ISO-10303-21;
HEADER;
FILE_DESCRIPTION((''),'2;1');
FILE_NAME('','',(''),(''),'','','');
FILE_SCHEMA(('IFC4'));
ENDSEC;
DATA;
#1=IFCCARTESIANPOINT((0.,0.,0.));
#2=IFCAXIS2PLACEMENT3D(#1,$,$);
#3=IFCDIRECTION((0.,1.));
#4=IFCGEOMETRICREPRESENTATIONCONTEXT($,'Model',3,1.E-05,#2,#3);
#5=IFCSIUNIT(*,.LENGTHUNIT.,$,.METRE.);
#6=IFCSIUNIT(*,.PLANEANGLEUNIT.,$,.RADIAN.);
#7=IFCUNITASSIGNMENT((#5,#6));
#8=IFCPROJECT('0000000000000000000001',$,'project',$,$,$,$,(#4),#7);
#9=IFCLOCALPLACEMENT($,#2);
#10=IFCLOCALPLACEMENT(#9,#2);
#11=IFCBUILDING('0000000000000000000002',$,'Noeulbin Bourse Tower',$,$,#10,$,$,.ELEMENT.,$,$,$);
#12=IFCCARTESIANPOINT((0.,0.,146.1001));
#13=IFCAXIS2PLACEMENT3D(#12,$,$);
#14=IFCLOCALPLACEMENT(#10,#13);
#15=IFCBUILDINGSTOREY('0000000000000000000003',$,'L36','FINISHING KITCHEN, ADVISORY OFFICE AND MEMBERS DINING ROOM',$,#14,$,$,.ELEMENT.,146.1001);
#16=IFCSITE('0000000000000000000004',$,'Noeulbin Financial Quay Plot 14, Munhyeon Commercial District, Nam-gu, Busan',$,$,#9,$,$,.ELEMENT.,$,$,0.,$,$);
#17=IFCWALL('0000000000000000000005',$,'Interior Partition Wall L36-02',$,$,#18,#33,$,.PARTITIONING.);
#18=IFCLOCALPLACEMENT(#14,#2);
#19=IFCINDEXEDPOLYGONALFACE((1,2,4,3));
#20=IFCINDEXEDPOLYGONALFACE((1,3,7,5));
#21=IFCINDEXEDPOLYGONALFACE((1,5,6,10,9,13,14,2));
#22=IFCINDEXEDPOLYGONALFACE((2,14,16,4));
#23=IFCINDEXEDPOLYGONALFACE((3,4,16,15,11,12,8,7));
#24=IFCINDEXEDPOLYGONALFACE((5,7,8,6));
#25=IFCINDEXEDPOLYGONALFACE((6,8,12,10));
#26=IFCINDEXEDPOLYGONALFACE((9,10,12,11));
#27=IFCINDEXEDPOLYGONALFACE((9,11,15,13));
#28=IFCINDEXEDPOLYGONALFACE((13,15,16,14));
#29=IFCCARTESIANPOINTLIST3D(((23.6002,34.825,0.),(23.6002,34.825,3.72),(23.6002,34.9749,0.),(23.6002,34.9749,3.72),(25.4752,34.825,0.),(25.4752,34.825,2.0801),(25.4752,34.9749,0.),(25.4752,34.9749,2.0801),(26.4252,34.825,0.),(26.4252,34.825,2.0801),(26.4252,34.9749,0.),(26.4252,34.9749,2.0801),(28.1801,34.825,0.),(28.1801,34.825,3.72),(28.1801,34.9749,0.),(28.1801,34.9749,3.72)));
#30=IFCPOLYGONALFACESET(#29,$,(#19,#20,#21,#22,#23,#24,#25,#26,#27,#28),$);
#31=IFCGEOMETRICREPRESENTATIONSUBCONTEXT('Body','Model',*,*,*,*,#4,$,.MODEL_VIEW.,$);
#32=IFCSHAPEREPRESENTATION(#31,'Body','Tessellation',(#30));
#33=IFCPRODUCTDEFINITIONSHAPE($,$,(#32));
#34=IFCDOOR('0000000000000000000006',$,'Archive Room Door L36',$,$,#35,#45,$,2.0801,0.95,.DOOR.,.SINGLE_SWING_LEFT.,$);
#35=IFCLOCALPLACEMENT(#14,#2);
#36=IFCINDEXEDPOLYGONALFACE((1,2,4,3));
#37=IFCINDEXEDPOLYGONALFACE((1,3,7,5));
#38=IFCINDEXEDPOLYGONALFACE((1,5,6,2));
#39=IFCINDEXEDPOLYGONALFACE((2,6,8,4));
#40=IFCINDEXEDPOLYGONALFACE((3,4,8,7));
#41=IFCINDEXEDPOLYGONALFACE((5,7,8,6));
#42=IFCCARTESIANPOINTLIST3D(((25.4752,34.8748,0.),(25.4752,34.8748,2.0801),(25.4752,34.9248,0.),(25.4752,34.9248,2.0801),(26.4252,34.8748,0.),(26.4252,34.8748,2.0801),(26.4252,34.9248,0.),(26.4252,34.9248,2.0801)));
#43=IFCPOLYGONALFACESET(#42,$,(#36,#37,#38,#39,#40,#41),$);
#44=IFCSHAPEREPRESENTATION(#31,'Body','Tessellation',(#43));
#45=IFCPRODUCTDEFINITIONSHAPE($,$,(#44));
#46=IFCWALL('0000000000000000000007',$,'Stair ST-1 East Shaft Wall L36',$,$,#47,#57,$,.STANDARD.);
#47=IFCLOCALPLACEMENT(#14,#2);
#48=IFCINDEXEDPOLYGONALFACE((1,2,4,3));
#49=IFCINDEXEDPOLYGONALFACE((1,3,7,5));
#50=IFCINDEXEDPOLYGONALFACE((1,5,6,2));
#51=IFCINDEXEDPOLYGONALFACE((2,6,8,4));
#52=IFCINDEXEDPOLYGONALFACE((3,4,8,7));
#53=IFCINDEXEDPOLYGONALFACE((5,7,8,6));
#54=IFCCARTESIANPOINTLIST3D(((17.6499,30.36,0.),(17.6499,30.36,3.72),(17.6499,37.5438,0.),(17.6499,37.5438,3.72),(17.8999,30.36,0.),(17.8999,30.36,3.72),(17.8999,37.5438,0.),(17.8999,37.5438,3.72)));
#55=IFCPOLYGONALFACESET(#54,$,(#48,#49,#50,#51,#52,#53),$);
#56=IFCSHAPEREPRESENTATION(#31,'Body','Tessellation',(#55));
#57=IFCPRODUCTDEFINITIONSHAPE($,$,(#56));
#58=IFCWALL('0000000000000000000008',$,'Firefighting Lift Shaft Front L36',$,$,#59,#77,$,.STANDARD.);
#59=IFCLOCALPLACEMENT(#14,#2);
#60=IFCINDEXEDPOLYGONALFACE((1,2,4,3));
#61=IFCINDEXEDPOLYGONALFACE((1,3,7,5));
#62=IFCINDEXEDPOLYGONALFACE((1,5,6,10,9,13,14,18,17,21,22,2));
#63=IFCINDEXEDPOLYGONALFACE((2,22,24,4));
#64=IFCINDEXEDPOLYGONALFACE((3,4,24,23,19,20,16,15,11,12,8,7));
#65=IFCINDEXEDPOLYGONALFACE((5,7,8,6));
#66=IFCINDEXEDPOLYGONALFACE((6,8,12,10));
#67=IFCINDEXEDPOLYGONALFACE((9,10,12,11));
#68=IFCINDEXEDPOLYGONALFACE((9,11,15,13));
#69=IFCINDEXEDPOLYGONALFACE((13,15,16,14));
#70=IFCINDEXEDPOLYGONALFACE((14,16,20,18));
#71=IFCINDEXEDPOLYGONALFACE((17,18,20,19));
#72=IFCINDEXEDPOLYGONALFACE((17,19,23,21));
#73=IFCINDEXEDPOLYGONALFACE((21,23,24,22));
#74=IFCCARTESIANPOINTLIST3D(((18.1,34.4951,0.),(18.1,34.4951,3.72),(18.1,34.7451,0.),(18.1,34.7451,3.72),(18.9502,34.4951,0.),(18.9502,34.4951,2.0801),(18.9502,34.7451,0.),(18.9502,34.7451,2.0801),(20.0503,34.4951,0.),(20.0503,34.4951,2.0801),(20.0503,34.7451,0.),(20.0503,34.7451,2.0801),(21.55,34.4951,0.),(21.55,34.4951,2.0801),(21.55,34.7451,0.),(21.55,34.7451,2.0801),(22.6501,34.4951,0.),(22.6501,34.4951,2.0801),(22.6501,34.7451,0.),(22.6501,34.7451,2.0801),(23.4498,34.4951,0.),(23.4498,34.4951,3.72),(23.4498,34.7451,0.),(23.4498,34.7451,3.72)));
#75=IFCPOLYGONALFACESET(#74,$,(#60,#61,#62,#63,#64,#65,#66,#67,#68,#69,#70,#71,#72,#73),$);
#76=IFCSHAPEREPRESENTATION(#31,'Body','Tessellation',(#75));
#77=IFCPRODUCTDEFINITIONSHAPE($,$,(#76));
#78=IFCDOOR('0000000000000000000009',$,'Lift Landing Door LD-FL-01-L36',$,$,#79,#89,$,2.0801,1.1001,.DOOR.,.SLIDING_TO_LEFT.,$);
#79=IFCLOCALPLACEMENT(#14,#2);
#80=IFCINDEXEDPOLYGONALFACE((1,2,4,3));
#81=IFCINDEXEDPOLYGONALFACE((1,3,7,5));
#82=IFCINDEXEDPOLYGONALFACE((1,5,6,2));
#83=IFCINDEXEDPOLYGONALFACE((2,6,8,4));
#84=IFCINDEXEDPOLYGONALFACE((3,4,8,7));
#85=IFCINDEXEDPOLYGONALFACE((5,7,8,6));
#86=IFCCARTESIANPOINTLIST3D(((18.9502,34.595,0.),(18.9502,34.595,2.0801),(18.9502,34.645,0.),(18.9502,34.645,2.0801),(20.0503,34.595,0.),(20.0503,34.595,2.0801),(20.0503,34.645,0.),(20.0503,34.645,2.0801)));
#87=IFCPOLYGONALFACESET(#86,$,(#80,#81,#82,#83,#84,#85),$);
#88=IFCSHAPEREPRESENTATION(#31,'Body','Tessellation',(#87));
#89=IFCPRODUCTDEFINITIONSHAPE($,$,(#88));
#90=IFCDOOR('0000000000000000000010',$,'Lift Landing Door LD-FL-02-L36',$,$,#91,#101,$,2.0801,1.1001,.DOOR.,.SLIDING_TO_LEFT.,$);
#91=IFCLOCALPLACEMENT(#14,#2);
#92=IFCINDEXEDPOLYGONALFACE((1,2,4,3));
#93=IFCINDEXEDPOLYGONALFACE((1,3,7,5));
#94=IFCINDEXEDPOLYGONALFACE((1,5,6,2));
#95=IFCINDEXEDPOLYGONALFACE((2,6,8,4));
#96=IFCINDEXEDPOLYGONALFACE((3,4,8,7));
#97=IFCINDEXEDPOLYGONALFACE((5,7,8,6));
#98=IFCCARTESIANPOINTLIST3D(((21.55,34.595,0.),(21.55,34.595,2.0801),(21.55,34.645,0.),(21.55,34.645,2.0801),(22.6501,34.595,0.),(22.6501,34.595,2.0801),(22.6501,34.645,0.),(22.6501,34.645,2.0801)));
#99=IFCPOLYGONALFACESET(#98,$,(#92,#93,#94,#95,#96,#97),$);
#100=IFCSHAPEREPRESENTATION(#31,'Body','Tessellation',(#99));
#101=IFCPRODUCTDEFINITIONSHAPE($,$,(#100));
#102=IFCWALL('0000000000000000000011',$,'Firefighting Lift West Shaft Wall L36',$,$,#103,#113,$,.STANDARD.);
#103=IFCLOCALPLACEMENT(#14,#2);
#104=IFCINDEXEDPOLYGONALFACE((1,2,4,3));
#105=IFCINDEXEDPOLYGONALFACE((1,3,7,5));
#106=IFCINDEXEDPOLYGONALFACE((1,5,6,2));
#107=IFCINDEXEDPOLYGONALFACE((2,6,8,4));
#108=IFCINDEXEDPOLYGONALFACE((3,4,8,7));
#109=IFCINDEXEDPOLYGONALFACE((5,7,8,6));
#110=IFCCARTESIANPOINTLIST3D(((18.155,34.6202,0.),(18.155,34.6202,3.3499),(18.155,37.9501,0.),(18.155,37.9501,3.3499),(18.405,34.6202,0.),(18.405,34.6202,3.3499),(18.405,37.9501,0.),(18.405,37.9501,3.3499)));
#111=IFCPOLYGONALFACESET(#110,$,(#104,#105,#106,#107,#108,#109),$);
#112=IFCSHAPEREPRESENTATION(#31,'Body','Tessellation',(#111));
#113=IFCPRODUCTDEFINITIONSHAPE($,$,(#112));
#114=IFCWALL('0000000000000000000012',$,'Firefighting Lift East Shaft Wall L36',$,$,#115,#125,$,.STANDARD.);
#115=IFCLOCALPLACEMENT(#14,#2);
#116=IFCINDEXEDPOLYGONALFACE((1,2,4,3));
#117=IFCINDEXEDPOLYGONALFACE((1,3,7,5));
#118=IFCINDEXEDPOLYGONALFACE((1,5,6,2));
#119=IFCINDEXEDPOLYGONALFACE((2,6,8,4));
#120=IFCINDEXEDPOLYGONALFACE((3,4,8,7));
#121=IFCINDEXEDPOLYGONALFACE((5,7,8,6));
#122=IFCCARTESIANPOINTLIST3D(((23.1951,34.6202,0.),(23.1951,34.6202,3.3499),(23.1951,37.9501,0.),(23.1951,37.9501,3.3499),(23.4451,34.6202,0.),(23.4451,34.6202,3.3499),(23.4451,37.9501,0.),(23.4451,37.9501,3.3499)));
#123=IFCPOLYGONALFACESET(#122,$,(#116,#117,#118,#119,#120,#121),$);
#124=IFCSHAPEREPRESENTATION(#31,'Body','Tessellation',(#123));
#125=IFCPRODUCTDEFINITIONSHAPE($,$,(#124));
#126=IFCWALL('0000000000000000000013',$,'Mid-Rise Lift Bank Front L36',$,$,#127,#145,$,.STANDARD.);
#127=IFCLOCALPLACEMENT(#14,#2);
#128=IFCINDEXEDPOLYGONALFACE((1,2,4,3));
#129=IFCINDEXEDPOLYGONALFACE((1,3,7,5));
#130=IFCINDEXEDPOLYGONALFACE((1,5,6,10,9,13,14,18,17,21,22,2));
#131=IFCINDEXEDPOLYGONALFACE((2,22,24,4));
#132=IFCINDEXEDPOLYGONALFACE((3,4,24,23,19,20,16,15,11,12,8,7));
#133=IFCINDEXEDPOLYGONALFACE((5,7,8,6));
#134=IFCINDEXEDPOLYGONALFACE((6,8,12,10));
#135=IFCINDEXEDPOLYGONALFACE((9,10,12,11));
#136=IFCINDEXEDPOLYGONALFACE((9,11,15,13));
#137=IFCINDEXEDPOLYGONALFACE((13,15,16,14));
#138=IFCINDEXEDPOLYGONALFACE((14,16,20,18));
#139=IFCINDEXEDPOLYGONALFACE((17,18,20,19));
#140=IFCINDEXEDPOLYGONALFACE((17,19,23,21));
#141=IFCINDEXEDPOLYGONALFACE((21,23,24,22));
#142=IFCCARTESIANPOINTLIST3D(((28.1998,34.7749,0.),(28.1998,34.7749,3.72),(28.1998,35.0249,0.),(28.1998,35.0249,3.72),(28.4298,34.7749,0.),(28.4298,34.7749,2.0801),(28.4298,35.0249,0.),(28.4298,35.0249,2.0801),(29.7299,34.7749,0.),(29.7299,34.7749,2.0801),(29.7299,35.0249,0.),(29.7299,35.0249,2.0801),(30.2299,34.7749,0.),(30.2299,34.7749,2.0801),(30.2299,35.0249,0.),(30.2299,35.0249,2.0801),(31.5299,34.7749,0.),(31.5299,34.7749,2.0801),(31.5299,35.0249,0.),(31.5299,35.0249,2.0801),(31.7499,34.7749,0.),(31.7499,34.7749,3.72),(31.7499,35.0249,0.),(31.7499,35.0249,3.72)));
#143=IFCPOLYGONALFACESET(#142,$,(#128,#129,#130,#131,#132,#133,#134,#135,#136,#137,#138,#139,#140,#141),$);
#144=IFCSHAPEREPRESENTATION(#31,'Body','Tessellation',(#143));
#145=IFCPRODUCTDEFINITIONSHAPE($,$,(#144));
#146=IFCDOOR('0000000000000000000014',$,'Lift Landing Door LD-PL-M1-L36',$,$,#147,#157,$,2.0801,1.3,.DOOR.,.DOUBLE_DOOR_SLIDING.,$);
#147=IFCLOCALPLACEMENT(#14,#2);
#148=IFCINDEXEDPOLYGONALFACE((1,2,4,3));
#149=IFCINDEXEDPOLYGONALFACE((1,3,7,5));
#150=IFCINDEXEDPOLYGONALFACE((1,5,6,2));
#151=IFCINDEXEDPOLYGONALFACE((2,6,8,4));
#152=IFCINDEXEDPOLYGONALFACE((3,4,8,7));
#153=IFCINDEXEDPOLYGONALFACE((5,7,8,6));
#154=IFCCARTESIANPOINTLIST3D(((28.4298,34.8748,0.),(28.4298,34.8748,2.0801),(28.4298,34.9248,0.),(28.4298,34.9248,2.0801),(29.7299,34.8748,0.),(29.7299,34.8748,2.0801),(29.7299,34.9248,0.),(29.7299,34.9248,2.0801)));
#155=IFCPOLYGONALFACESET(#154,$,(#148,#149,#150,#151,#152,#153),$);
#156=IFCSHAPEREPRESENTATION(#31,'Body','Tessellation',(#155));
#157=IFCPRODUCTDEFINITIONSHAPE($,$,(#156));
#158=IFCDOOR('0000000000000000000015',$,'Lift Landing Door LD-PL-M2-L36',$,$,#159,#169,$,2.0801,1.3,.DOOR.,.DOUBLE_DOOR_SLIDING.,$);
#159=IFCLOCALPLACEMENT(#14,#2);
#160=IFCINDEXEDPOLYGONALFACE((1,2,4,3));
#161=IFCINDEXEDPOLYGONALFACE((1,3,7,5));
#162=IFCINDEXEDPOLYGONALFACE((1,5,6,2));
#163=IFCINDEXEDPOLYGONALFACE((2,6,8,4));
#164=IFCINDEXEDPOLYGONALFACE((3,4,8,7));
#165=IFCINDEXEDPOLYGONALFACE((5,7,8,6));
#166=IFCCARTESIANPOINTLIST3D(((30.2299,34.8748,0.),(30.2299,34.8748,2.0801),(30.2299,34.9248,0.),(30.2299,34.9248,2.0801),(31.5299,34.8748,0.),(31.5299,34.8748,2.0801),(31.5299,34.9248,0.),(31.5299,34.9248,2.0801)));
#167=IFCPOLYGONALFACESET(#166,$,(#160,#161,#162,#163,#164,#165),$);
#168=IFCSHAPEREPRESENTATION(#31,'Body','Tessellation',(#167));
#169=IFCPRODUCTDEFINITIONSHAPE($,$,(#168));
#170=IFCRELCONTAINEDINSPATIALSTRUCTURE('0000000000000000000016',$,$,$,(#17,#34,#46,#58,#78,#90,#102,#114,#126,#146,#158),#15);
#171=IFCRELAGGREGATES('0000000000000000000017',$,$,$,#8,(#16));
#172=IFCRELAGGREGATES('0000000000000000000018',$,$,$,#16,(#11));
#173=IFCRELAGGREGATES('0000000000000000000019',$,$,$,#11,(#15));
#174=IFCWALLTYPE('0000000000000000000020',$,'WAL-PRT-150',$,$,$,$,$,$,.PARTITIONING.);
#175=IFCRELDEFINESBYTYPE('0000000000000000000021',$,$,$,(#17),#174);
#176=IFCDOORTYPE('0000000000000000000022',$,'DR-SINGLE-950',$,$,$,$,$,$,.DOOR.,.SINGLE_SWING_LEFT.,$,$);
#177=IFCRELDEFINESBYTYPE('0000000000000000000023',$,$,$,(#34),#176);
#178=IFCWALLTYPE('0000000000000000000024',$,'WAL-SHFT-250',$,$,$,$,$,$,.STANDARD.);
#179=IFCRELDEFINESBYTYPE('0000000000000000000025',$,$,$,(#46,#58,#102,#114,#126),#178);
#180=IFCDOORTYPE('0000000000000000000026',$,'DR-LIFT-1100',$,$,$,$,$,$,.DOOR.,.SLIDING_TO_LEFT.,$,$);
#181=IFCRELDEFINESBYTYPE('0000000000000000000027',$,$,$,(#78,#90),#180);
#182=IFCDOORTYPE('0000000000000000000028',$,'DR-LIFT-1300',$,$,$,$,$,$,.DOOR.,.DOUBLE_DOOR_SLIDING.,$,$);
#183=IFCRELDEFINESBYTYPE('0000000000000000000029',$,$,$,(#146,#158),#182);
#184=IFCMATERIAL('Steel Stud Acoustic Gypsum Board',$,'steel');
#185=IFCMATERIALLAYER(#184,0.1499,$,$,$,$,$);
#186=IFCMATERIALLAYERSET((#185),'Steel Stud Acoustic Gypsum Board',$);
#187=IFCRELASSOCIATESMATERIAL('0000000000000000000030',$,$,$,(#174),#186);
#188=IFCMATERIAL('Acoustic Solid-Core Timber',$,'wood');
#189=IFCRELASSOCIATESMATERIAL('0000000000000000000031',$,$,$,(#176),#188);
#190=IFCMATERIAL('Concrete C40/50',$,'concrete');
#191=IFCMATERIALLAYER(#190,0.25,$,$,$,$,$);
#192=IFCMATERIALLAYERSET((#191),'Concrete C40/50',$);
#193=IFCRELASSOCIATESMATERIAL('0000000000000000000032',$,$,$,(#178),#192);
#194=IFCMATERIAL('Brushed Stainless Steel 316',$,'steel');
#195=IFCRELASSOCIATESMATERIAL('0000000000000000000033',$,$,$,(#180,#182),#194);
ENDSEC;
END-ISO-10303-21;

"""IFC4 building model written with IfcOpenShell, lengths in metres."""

from ifc_helpers import new_model, si_unit, direction, frame, frame_2d, origin, place, context, subcontext, project, spatial, rectangle, extrude, material, layer, layer_set, type_object, element, fill, save


model = new_model("IFC4")

# Units and contexts
model_context = context("Model", 3, precision=1e-05, world=origin(), true_north=direction((0.0, 1.0)))
body_context = subcontext(model_context, "Body", "Model", "MODEL_VIEW")
ifc_project = project(units=[si_unit("LENGTHUNIT", "METRE"), si_unit("PLANEANGLEUNIT", "RADIAN")], contexts=[model_context])

# Site, building, storey
site_placement = place(None, origin())
site = spatial("IfcSite", under=ifc_project, at=site_placement, Name="Noeulbin Financial Quay Plot 14, Munhyeon Commercial District, Nam-gu, Busan", CompositionType="ELEMENT", RefElevation=0.0)
building_placement = place(site_placement, origin())
building = spatial("IfcBuilding", under=site, at=building_placement, Name="Noeulbin Bourse Tower", CompositionType="ELEMENT")
storey_placement = place(building_placement, frame((0.0, 0.0, 146.1001)))
storey = spatial("IfcBuildingStorey", under=building, at=storey_placement, Name="L36", Description="FINISHING KITCHEN, ADVISORY OFFICE AND MEMBERS DINING ROOM", CompositionType="ELEMENT", Elevation=146.1001)

# Shared definitions
ifc_material_1 = material(Name="Concrete C40/50", Category="concrete")

# Wall, opening, door
ifc_material_2 = material(Name="Steel Stud Acoustic Gypsum Board", Category="steel")
ifc_layer_1 = layer(ifc_material_2, 0.1499)
ifc_layer_set_1 = layer_set([ifc_layer_1], Name="Steel Stud Acoustic Gypsum Board")
wall_type_1 = type_object("IfcWallType", Name="WAL-PRT-150", PredefinedType="PARTITIONING", material=ifc_layer_set_1)
wall_1_placement = place(storey_placement, frame((23.6001, 34.8999, 0.0), z_axis=(0.0, 0.0, 1.0), x_axis=(1.0, 0.0, 0.0)))
wall_1 = element("IfcWall", 1, at=wall_1_placement, inside=storey, type_object=wall_type_1, Name="Interior Partition Wall L36-02", PredefinedType="PARTITIONING", context=body_context, shape_type="SweptSolid", body=[
    extrude(rectangle(XDim=4.5798, YDim=0.1499, at=frame_2d((2.29, 0.0))), origin(), (0.0, 0.0, 1.0), 3.72),
])
opening_1_placement = place(wall_1_placement, frame((1.875, 0.0, 0.0)))
opening_1 = element("IfcOpeningElement", 2, at=opening_1_placement, cuts=wall_1, PredefinedType="OPENING", context=body_context, shape_type="SweptSolid", body=[
    extrude(rectangle(XDim=0.95, YDim=2.0801, at=frame_2d((0.4751, 1.04))), frame((0.0, 0.085, 0.0), z_axis=(0.0, -1.0, 0.0), x_axis=(1.0, 0.0, 0.0)), (0.0, 0.0, 1.0), 0.1699),
])
ifc_material_3 = material(Name="Acoustic Solid-Core Timber", Category="wood")
door_type_1 = type_object("IfcDoorType", Name="DR-SINGLE-950", OperationType="SINGLE_SWING_LEFT", PredefinedType="DOOR", material=ifc_material_3)
door_1_placement = place(opening_1_placement, origin())
door_1 = element("IfcDoor", 3, at=door_1_placement, inside=storey, type_object=door_type_1, Name="Archive Room Door L36", OperationType="SINGLE_SWING_LEFT", OverallHeight=2.0801, OverallWidth=0.95, PredefinedType="DOOR", context=body_context, shape_type="SweptSolid", body=[
    extrude(rectangle(XDim=0.95, YDim=2.0801, at=frame_2d((0.4751, 1.04))), frame((0.0, 0.0249, 0.0), z_axis=(0.0, -1.0, 0.0), x_axis=(1.0, 0.0, 0.0)), (0.0, 0.0, 1.0), 0.05),
])
fill(opening_1, door_1)

# Wall
ifc_layer_2 = layer(ifc_material_1, 0.25)
ifc_layer_set_2 = layer_set([ifc_layer_2], Name="Concrete C40/50")
wall_type_2 = type_object("IfcWallType", Name="WAL-SHFT-250", PredefinedType="STANDARD", material=ifc_layer_set_2)
wall_2_placement = place(storey_placement, frame((17.7749, 30.3601, 0.0), z_axis=(0.0, 0.0, 1.0), x_axis=(0.0, 1.0, 0.0)))
element("IfcWall", 4, at=wall_2_placement, inside=storey, type_object=wall_type_2, Name="Stair ST-1 East Shaft Wall L36", PredefinedType="STANDARD", context=body_context, shape_type="SweptSolid", body=[
    extrude(rectangle(XDim=7.1838, YDim=0.25, at=frame_2d((3.5918, 0.0))), origin(), (0.0, 0.0, 1.0), 3.72),
])

# Wall, openings, doors
wall_3_placement = place(storey_placement, frame((18.1001, 34.6201, 0.0), z_axis=(0.0, 0.0, 1.0), x_axis=(1.0, 0.0, 0.0)))
wall_3 = element("IfcWall", 5, at=wall_3_placement, inside=storey, type_object=wall_type_2, Name="Firefighting Lift Shaft Front L36", PredefinedType="STANDARD", context=body_context, shape_type="SweptSolid", body=[
    extrude(rectangle(XDim=5.3499, YDim=0.25, at=frame_2d((2.6748, 0.0))), origin(), (0.0, 0.0, 1.0), 3.72),
])
opening_2_placement = place(wall_3_placement, frame((0.8501, 0.0, 0.0)))
opening_2 = element("IfcOpeningElement", 6, at=opening_2_placement, cuts=wall_3, PredefinedType="OPENING", context=body_context, shape_type="SweptSolid", body=[
    extrude(rectangle(XDim=1.1001, YDim=2.0801, at=frame_2d((0.55, 1.04))), frame((0.0, 0.135, 0.0), z_axis=(0.0, -1.0, 0.0), x_axis=(1.0, 0.0, 0.0)), (0.0, 0.0, 1.0), 0.27),
])
opening_3_placement = place(wall_3_placement, frame((3.45, 0.0, 0.0)))
opening_3 = element("IfcOpeningElement", 7, at=opening_3_placement, cuts=wall_3, PredefinedType="OPENING", context=body_context, shape_type="SweptSolid", body=[
    extrude(rectangle(XDim=1.1001, YDim=2.0801, at=frame_2d((0.55, 1.04))), frame((0.0, 0.135, 0.0), z_axis=(0.0, -1.0, 0.0), x_axis=(1.0, 0.0, 0.0)), (0.0, 0.0, 1.0), 0.27),
])
ifc_material_4 = material(Name="Brushed Stainless Steel 316", Category="steel")
door_type_2 = type_object("IfcDoorType", Name="DR-LIFT-1100", OperationType="SLIDING_TO_LEFT", PredefinedType="DOOR", material=ifc_material_4)
door_2_placement = place(opening_2_placement, origin())
door_2 = element("IfcDoor", 8, at=door_2_placement, inside=storey, type_object=door_type_2, Name="Lift Landing Door LD-FL-01-L36", OperationType="SLIDING_TO_LEFT", OverallHeight=2.0801, OverallWidth=1.1001, PredefinedType="DOOR", context=body_context, shape_type="SweptSolid", body=[
    extrude(rectangle(XDim=1.1001, YDim=2.0801, at=frame_2d((0.55, 1.04))), frame((0.0, 0.0249, 0.0), z_axis=(0.0, -1.0, 0.0), x_axis=(1.0, 0.0, 0.0)), (0.0, 0.0, 1.0), 0.05),
])
fill(opening_2, door_2)
door_3_placement = place(opening_3_placement, origin())
door_3 = element("IfcDoor", 9, at=door_3_placement, inside=storey, type_object=door_type_2, Name="Lift Landing Door LD-FL-02-L36", OperationType="SLIDING_TO_LEFT", OverallHeight=2.0801, OverallWidth=1.1001, PredefinedType="DOOR", context=body_context, shape_type="SweptSolid", body=[
    extrude(rectangle(XDim=1.1001, YDim=2.0801, at=frame_2d((0.55, 1.04))), frame((0.0, 0.0249, 0.0), z_axis=(0.0, -1.0, 0.0), x_axis=(1.0, 0.0, 0.0)), (0.0, 0.0, 1.0), 0.05),
])
fill(opening_3, door_3)

# Walls
for number, where, z_axis, x_axis, name in (
    (10, (18.28, 34.6201, 0.0), (0.0, 0.0, 1.0), (0.0, 1.0, 0.0), "Firefighting Lift West Shaft Wall L36"),
    (11, (23.3201, 34.6201, 0.0), (0.0, 0.0, 1.0), (0.0, 1.0, 0.0), "Firefighting Lift East Shaft Wall L36"),
):
    element("IfcWall", number, at=place(storey_placement, frame(where, z_axis=z_axis, x_axis=x_axis)), inside=storey, type_object=wall_type_2, Name=name, PredefinedType="STANDARD", context=body_context, shape_type="SweptSolid", body=[
        extrude(rectangle(XDim=3.3298, YDim=0.25, at=frame_2d((1.665, 0.0))), origin(), (0.0, 0.0, 1.0), 3.3499),
    ])

# Wall, openings, doors
wall_4_placement = place(storey_placement, frame((28.2, 34.8999, 0.0), z_axis=(0.0, 0.0, 1.0), x_axis=(1.0, 0.0, 0.0)))
wall_4 = element("IfcWall", 12, at=wall_4_placement, inside=storey, type_object=wall_type_2, Name="Mid-Rise Lift Bank Front L36", PredefinedType="STANDARD", context=body_context, shape_type="SweptSolid", body=[
    extrude(rectangle(XDim=3.55, YDim=0.25, at=frame_2d((1.7749, 0.0))), origin(), (0.0, 0.0, 1.0), 3.72),
])
opening_4_placement = place(wall_4_placement, frame((0.23, 0.0, 0.0)))
opening_4 = element("IfcOpeningElement", 13, at=opening_4_placement, cuts=wall_4, PredefinedType="OPENING", context=body_context, shape_type="SweptSolid", body=[
    extrude(rectangle(XDim=1.3, YDim=2.0801, at=frame_2d((0.6499, 1.04))), frame((0.0, 0.135, 0.0), z_axis=(0.0, -1.0, 0.0), x_axis=(1.0, 0.0, 0.0)), (0.0, 0.0, 1.0), 0.27),
])
opening_5_placement = place(wall_4_placement, frame((2.03, 0.0, 0.0)))
opening_5 = element("IfcOpeningElement", 14, at=opening_5_placement, cuts=wall_4, PredefinedType="OPENING", context=body_context, shape_type="SweptSolid", body=[
    extrude(rectangle(XDim=1.3, YDim=2.0801, at=frame_2d((0.6499, 1.04))), frame((0.0, 0.135, 0.0), z_axis=(0.0, -1.0, 0.0), x_axis=(1.0, 0.0, 0.0)), (0.0, 0.0, 1.0), 0.27),
])
door_type_3 = type_object("IfcDoorType", Name="DR-LIFT-1300", OperationType="DOUBLE_DOOR_SLIDING", PredefinedType="DOOR", material=ifc_material_4)
door_4_placement = place(opening_4_placement, origin())
door_4 = element("IfcDoor", 15, at=door_4_placement, inside=storey, type_object=door_type_3, Name="Lift Landing Door LD-PL-M1-L36", OperationType="DOUBLE_DOOR_SLIDING", OverallHeight=2.0801, OverallWidth=1.3, PredefinedType="DOOR", context=body_context, shape_type="SweptSolid", body=[
    extrude(rectangle(XDim=1.3, YDim=2.0801, at=frame_2d((0.6499, 1.04))), frame((0.0, 0.0249, 0.0), z_axis=(0.0, -1.0, 0.0), x_axis=(1.0, 0.0, 0.0)), (0.0, 0.0, 1.0), 0.05),
])
fill(opening_4, door_4)
door_5_placement = place(opening_5_placement, origin())
door_5 = element("IfcDoor", 16, at=door_5_placement, inside=storey, type_object=door_type_3, Name="Lift Landing Door LD-PL-M2-L36", OperationType="DOUBLE_DOOR_SLIDING", OverallHeight=2.0801, OverallWidth=1.3, PredefinedType="DOOR", context=body_context, shape_type="SweptSolid", body=[
    extrude(rectangle(XDim=1.3, YDim=2.0801, at=frame_2d((0.6499, 1.04))), frame((0.0, 0.0249, 0.0), z_axis=(0.0, -1.0, 0.0), x_axis=(1.0, 0.0, 0.0)), (0.0, 0.0, 1.0), 0.05),
])
fill(opening_5, door_5)

save(model, "model.ifc")
